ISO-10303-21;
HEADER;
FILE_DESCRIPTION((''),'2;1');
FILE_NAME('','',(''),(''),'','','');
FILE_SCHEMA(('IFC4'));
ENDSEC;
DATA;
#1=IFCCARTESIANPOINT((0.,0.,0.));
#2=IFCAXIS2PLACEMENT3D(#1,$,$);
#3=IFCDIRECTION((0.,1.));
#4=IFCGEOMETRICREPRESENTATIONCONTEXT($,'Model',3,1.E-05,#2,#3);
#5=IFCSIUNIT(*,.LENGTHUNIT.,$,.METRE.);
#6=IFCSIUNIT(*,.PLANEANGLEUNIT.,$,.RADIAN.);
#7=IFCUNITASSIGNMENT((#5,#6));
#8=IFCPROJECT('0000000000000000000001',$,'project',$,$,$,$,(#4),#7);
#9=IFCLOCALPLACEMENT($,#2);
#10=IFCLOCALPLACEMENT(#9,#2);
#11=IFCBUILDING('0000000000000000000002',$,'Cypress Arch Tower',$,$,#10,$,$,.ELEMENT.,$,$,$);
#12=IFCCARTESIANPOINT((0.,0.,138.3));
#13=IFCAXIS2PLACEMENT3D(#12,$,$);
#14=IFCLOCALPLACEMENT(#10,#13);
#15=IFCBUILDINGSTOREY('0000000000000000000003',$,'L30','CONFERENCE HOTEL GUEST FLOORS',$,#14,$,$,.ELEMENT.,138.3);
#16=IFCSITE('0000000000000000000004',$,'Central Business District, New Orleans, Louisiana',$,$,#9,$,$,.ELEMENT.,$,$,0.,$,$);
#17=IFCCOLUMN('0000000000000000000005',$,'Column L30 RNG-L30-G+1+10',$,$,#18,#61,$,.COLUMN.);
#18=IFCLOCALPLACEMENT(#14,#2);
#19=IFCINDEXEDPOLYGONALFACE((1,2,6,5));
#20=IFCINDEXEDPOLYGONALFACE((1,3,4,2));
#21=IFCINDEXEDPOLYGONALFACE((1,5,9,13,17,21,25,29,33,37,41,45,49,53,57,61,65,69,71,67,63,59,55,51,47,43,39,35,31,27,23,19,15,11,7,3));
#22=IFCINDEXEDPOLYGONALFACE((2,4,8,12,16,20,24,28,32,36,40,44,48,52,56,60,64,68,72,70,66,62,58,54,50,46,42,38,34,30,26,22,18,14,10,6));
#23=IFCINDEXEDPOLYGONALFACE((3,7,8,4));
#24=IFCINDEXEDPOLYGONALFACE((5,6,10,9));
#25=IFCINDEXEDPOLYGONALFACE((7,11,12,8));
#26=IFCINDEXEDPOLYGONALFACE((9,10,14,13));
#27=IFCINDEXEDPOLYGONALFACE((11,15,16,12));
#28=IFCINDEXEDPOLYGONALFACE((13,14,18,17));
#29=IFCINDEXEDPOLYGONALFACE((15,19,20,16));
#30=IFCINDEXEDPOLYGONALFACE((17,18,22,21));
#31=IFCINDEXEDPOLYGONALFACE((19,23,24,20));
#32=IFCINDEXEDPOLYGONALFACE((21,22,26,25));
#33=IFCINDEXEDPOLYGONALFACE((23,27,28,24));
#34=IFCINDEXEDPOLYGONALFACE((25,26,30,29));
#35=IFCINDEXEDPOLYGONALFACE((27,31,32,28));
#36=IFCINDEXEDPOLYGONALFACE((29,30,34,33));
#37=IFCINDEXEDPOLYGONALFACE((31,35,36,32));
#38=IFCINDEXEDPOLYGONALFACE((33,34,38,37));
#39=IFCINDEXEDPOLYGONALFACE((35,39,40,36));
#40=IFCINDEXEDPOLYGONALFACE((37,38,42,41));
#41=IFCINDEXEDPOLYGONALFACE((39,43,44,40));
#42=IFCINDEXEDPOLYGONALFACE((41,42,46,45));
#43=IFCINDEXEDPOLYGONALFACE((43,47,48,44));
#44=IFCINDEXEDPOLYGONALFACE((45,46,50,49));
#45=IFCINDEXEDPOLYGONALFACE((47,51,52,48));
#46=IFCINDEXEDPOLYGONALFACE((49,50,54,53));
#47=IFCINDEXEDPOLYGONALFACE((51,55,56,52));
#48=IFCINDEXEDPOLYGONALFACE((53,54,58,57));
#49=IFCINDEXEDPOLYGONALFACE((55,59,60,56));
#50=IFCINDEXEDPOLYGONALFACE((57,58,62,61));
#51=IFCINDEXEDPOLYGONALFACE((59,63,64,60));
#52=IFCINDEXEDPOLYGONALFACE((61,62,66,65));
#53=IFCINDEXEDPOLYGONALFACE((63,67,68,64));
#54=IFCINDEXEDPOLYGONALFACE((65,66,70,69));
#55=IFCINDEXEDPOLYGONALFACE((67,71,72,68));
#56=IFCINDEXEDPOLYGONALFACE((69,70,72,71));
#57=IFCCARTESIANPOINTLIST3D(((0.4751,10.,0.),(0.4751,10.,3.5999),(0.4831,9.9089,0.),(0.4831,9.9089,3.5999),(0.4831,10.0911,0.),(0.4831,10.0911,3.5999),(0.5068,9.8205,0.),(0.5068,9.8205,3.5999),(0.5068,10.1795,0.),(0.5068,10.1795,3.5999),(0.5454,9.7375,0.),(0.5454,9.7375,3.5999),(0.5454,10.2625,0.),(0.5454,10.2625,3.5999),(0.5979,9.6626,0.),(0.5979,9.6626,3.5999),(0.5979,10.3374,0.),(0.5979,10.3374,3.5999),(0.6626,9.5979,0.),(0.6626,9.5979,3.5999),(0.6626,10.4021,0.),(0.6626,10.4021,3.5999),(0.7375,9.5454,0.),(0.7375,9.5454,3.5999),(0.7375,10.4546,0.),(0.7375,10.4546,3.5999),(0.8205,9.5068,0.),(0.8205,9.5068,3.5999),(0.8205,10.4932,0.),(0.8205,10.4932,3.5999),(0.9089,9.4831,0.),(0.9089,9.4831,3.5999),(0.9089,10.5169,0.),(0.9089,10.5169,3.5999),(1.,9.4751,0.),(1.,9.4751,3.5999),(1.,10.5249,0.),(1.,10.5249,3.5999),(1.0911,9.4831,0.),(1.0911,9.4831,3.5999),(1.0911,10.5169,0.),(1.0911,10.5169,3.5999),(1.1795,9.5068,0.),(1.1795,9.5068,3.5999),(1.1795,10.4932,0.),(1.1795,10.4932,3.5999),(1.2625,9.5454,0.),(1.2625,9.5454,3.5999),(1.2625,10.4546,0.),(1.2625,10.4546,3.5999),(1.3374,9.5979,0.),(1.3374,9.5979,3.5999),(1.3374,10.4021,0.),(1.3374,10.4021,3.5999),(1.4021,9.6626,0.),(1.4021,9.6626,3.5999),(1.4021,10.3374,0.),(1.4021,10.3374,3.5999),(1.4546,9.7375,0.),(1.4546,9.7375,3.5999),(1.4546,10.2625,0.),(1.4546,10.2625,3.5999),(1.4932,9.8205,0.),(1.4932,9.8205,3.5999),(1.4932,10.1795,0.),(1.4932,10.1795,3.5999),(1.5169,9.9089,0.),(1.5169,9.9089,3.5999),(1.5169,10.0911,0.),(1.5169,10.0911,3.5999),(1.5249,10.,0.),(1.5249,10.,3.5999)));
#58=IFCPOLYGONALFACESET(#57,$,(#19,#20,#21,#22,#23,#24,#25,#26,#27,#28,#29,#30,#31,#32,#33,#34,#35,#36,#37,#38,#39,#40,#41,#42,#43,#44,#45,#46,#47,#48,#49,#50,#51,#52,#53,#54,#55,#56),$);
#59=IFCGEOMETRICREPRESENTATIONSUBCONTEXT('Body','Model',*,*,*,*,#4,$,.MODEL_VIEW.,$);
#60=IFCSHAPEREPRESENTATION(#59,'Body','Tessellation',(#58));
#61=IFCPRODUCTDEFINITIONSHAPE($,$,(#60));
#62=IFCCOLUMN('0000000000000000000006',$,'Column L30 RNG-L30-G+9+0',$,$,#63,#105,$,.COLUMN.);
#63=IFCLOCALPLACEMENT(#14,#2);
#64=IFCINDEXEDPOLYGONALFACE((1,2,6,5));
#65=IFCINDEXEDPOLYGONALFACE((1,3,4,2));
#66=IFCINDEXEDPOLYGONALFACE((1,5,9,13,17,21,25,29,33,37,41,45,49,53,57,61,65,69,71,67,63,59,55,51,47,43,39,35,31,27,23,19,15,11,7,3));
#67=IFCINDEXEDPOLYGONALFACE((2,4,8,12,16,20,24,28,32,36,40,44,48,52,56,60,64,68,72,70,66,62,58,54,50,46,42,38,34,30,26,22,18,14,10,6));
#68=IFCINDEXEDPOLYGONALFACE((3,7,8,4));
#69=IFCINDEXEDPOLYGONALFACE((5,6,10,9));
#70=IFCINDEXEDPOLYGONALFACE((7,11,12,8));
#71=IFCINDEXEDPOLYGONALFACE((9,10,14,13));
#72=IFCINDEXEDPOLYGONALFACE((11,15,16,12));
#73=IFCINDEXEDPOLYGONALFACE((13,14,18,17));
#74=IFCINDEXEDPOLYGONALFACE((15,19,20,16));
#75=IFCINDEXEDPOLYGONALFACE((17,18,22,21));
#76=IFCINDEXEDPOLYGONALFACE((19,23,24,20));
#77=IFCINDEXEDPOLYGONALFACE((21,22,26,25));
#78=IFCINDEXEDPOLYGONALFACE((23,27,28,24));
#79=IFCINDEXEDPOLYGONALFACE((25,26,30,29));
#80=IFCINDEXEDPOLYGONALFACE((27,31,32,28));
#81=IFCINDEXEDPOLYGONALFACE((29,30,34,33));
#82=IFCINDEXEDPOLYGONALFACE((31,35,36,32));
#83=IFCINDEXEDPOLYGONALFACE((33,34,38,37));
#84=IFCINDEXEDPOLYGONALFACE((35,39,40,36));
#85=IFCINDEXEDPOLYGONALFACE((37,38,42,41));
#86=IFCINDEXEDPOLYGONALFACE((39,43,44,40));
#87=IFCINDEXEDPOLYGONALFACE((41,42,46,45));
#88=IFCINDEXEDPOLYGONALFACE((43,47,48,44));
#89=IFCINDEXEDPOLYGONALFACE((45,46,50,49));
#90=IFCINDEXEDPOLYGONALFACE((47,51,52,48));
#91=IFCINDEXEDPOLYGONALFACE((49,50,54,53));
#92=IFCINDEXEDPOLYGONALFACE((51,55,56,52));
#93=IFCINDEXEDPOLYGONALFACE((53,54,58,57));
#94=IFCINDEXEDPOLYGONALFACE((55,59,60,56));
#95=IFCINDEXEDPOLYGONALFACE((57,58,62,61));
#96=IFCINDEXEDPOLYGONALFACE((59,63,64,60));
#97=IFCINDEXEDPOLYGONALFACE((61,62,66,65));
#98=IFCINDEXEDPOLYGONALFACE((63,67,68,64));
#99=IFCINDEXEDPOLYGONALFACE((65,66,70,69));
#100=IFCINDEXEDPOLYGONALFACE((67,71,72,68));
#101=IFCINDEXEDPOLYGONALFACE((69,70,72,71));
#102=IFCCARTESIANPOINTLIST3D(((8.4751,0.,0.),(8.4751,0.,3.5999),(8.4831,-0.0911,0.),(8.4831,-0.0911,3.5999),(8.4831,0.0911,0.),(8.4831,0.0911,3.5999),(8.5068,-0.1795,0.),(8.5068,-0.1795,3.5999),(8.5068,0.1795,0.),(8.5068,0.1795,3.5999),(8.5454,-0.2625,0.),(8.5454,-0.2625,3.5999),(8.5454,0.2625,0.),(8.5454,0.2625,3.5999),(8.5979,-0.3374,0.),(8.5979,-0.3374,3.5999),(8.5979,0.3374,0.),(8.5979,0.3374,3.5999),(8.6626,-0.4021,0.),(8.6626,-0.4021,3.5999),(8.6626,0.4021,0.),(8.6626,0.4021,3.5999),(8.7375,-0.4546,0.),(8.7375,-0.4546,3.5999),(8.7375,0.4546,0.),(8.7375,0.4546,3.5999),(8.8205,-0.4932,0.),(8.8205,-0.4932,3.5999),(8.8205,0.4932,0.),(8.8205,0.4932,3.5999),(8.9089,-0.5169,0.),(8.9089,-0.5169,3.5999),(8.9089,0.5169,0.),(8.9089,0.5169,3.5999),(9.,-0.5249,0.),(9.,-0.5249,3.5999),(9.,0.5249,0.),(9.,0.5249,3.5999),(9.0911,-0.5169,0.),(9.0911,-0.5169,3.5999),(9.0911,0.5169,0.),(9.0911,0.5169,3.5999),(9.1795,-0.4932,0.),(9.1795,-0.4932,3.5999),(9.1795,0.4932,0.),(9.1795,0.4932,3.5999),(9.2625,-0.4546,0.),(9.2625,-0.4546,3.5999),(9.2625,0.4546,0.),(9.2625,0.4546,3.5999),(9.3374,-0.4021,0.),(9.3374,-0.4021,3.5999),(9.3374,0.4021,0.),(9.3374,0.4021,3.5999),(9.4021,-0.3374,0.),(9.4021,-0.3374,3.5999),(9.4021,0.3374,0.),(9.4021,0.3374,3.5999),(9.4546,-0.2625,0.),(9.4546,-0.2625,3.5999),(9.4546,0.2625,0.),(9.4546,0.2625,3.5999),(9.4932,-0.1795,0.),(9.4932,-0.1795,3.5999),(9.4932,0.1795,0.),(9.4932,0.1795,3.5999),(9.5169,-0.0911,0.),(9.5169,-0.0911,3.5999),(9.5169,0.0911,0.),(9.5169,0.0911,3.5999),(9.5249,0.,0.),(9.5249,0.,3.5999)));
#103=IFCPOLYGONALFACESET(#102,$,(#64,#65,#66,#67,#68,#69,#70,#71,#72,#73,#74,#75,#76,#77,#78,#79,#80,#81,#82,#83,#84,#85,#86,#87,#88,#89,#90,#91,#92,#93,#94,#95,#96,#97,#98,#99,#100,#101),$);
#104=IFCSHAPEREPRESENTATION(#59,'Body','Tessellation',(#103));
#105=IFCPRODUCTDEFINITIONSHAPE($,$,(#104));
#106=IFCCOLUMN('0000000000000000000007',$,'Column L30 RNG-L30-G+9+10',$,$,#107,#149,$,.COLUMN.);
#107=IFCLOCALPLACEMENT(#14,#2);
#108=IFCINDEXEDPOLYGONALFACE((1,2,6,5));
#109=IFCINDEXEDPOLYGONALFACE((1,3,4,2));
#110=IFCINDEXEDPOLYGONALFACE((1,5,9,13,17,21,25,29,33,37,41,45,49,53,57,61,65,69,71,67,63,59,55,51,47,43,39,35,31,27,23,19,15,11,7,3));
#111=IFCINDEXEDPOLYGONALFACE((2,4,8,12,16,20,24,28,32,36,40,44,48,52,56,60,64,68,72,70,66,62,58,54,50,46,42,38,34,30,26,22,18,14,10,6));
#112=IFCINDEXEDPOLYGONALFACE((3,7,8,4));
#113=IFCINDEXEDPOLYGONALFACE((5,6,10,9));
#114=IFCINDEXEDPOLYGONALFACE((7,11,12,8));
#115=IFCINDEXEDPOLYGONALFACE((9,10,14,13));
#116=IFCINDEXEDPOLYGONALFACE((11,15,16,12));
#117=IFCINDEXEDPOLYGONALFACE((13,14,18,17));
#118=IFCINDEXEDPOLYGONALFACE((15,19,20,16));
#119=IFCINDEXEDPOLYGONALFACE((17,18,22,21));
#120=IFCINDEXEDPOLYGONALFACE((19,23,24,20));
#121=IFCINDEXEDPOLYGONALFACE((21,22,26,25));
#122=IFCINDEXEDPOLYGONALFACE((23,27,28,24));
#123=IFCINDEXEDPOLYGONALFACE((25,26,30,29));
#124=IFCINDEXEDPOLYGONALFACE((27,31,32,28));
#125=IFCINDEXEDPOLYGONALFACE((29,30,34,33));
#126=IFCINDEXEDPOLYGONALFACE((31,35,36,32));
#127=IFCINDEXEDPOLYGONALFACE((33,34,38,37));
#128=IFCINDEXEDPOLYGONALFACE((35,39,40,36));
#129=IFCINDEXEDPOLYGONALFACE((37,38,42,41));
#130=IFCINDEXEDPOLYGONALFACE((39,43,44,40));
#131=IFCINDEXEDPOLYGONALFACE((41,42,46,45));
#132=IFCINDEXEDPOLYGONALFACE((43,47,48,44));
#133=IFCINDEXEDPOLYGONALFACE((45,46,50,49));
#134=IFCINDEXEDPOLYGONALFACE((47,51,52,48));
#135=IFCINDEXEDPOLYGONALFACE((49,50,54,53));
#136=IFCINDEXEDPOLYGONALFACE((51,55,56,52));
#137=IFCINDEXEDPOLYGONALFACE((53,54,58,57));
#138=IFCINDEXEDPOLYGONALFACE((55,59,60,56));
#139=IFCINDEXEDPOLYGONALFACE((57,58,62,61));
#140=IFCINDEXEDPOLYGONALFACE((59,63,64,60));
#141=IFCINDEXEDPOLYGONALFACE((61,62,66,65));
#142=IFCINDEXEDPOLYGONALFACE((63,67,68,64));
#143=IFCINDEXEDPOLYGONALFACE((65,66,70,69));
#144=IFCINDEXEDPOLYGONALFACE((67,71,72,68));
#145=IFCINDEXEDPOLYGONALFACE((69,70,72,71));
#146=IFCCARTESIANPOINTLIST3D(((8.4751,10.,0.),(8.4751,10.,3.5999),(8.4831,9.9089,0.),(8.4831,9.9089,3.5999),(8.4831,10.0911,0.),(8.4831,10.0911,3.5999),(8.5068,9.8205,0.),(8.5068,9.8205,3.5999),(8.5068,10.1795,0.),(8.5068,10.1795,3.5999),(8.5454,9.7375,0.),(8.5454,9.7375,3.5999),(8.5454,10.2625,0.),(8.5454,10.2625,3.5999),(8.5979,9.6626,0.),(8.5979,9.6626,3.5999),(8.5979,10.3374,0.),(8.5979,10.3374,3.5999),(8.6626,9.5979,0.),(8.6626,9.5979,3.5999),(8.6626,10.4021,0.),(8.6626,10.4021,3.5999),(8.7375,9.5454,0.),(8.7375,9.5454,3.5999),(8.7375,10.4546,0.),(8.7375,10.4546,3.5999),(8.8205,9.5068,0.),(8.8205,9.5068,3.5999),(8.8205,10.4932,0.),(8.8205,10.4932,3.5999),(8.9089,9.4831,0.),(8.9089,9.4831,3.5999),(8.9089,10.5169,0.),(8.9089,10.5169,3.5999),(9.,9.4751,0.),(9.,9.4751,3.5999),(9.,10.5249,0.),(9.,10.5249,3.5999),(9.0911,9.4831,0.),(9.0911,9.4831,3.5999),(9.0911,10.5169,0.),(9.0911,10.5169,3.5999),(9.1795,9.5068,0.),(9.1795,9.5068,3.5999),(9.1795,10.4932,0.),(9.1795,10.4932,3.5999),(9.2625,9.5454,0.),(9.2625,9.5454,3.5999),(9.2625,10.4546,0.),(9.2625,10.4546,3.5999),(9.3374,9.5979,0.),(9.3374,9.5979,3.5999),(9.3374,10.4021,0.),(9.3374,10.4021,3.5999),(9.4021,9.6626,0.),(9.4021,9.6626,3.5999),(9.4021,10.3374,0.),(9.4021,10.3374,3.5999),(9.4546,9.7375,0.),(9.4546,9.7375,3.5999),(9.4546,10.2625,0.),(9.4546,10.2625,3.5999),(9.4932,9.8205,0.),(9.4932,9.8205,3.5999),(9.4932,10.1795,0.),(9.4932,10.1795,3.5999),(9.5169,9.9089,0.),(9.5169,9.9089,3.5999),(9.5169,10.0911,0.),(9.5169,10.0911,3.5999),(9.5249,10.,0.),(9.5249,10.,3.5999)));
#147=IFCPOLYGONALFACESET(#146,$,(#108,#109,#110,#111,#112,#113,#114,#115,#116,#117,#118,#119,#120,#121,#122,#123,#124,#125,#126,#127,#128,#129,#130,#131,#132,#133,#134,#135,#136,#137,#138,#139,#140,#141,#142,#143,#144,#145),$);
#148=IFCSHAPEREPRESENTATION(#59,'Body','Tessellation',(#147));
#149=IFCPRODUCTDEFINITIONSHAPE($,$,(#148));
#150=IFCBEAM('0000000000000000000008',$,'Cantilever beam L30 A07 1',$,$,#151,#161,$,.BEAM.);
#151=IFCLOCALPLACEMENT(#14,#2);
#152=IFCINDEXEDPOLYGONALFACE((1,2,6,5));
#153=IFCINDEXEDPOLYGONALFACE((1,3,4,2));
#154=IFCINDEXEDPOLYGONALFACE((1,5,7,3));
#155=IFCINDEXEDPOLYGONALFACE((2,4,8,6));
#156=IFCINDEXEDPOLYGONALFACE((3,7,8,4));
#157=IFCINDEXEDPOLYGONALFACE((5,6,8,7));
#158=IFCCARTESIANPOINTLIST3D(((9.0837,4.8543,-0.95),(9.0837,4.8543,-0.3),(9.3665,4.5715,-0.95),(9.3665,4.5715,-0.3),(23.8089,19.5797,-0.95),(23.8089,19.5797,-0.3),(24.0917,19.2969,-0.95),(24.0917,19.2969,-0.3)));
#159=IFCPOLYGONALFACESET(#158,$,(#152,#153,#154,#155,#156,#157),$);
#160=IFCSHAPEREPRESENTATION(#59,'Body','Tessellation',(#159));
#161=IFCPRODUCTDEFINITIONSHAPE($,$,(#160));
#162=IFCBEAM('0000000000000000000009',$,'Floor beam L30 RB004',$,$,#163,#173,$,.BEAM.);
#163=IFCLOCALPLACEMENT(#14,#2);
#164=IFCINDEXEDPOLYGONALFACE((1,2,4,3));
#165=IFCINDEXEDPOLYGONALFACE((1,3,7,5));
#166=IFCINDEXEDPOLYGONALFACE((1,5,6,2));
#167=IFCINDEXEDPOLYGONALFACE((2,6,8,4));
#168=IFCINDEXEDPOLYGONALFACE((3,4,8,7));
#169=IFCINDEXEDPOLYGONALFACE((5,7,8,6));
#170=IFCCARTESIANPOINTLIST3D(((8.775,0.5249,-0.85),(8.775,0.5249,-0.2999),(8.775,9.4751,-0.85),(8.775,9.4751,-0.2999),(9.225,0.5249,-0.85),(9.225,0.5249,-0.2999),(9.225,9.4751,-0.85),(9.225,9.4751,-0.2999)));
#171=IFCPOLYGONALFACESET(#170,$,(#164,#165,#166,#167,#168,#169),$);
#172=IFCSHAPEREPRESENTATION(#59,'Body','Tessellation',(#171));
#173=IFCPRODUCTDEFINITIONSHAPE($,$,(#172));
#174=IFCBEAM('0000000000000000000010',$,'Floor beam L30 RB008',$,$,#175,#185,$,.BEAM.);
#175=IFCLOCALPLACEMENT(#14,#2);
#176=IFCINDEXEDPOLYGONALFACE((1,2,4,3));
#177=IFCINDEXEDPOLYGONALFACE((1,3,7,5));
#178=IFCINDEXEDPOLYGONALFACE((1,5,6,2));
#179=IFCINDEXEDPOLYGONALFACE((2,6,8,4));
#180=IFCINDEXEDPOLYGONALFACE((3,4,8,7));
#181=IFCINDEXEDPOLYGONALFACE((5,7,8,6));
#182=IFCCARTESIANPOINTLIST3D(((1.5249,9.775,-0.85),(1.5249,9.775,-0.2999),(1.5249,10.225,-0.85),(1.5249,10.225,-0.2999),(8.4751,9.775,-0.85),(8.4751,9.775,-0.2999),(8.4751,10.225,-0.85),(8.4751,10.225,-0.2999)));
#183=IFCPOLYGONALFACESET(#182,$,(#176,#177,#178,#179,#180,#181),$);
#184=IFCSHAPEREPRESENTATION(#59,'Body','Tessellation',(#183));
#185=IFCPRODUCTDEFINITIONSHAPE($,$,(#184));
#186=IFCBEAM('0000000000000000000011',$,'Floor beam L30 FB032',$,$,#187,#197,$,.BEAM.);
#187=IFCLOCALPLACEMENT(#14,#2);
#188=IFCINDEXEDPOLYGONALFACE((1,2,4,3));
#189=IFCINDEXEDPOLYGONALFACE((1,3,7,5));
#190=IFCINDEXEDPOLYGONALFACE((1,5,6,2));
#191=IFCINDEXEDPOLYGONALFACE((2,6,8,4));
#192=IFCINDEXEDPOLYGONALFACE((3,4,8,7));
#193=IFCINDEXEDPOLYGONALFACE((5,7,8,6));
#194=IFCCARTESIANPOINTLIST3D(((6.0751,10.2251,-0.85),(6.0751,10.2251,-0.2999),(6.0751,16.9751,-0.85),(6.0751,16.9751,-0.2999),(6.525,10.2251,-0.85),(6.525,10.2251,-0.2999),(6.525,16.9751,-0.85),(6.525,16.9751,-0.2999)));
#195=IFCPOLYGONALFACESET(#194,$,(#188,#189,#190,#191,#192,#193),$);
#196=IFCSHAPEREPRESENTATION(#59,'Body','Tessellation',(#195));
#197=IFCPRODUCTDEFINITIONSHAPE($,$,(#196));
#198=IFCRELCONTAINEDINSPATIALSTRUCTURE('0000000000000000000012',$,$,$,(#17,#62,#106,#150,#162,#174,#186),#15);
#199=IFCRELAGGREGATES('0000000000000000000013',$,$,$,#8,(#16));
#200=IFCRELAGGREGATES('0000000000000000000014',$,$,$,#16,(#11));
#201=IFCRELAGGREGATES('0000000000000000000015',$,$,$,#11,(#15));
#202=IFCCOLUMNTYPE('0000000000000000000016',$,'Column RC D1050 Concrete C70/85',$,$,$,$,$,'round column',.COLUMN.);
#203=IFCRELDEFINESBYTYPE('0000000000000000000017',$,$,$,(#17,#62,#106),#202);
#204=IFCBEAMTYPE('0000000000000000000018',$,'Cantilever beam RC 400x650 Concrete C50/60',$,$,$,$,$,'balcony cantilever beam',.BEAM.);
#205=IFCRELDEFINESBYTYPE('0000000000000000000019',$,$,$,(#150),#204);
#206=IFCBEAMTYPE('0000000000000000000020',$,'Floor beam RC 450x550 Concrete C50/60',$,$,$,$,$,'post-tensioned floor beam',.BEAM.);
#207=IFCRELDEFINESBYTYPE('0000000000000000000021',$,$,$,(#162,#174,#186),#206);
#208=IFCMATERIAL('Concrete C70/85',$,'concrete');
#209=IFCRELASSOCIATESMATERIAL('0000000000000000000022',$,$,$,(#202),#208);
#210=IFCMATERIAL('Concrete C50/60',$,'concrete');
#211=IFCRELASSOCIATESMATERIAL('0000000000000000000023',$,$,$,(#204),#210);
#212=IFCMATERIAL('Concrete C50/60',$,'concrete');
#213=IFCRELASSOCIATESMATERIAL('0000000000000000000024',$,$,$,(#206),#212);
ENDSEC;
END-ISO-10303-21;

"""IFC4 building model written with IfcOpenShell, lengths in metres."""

from ifc_helpers import new_model, si_unit, direction, frame, origin, origin_2d, place, context, subcontext, project, spatial, rectangle, circle, extrude, material, material_profile, profile_set, type_object, element, save


model = new_model("IFC4")

# Units and contexts
model_context = context("Model", 3, precision=1e-05, world=origin(), true_north=direction((0.0, 1.0)))
body_context = subcontext(model_context, "Body", "Model", "MODEL_VIEW")
ifc_project = project(units=[si_unit("LENGTHUNIT", "METRE"), si_unit("PLANEANGLEUNIT", "RADIAN")], contexts=[model_context])

# Site, building, storey
site_placement = place(None, origin())
site = spatial("IfcSite", under=ifc_project, at=site_placement, Name="Central Business District, New Orleans, Louisiana", CompositionType="ELEMENT", RefElevation=0.0)
building_placement = place(site_placement, origin())
building = spatial("IfcBuilding", under=site, at=building_placement, Name="Cypress Arch Tower", CompositionType="ELEMENT")
storey_placement = place(building_placement, frame((0.0, 0.0, 138.3)))
storey = spatial("IfcBuildingStorey", under=building, at=storey_placement, Name="L30", Description="CONFERENCE HOTEL GUEST FLOORS", CompositionType="ELEMENT", Elevation=138.3)

# Columns
ifc_material_1 = material(Name="Concrete C70/85", Category="concrete")
ifc_material_profile_1 = material_profile(ifc_material_1, circle(Radius=0.5249, at=origin_2d()), Name="RC D1050")
ifc_profile_set_1 = profile_set([ifc_material_profile_1], Name="Concrete C70/85")
column_type = type_object("IfcColumnType", Name="Column RC D1050 Concrete C70/85", ElementType="round column", PredefinedType="COLUMN", material=ifc_profile_set_1)
for number, where, z_axis, x_axis, name in (
    (1, (1.0, 10.0, 0.0), (0.0, 0.0, 1.0), (1.0, 0.0, 0.0), "Column L30 RNG-L30-G+1+10"),
    (2, (9.0, 0.0, 0.0), (0.0, 0.0, 1.0), (1.0, 0.0, 0.0), "Column L30 RNG-L30-G+9+0"),
    (3, (9.0, 10.0, 0.0), (0.0, 0.0, 1.0), (1.0, 0.0, 0.0), "Column L30 RNG-L30-G+9+10"),
):
    element("IfcColumn", number, at=place(storey_placement, frame(where, z_axis=z_axis, x_axis=x_axis)), inside=storey, type_object=column_type, Name=name, PredefinedType="COLUMN", context=body_context, shape_type="SweptSolid", body=[
        extrude(circle(Radius=0.5249, at=origin_2d()), origin(), (0.0, 0.0, 1.0), 3.5999),
    ])

# Beams
ifc_material_2 = material(Name="Concrete C50/60", Category="concrete")
ifc_material_profile_2 = material_profile(ifc_material_2, rectangle(XDim=0.3999, YDim=0.6499, at=origin_2d()), Name="RC 400x650")
ifc_profile_set_2 = profile_set([ifc_material_profile_2], Name="Concrete C50/60")
beam_type_1 = type_object("IfcBeamType", Name="Cantilever beam RC 400x650 Concrete C50/60", ElementType="balcony cantilever beam", PredefinedType="BEAM", material=ifc_profile_set_2)
beam_1_placement = place(storey_placement, frame((9.2251, 4.7129, -0.625), z_axis=(0.707101, 0.707113, 0.0), x_axis=(-0.707113, 0.707101, 0.0)))
element("IfcBeam", 4, at=beam_1_placement, inside=storey, type_object=beam_type_1, Name="Cantilever beam L30 A07 1", PredefinedType="BEAM", context=body_context, shape_type="SweptSolid", body=[
    extrude(rectangle(XDim=0.3999, YDim=0.6499, at=origin_2d()), origin(), (0.0, 0.0, 1.0), 20.8247),
])
ifc_material_3 = material(Name="Concrete C50/60", Category="concrete")
ifc_material_profile_3 = material_profile(ifc_material_3, rectangle(XDim=0.45, YDim=0.55, at=origin_2d()), Name="RC 450x550")
ifc_profile_set_3 = profile_set([ifc_material_profile_3], Name="Concrete C50/60")
beam_type_2 = type_object("IfcBeamType", Name="Floor beam RC 450x550 Concrete C50/60", ElementType="post-tensioned floor beam", PredefinedType="BEAM", material=ifc_profile_set_3)
beam_2_placement = place(storey_placement, frame((9.0, 0.5249, -0.575), z_axis=(0.0, 1.0, 0.0), x_axis=(-1.0, 0.0, 0.0)))
element("IfcBeam", 5, at=beam_2_placement, inside=storey, type_object=beam_type_2, Name="Floor beam L30 RB004", PredefinedType="BEAM", context=body_context, shape_type="SweptSolid", body=[
    extrude(rectangle(XDim=0.45, YDim=0.55, at=origin_2d()), origin(), (0.0, 0.0, 1.0), 8.9502),
])
beam_3_placement = place(storey_placement, frame((1.5249, 10.0, -0.575), z_axis=(1.0, 0.0, 0.0), x_axis=(0.0, 1.0, 0.0)))
element("IfcBeam", 6, at=beam_3_placement, inside=storey, type_object=beam_type_2, Name="Floor beam L30 RB008", PredefinedType="BEAM", context=body_context, shape_type="SweptSolid", body=[
    extrude(rectangle(XDim=0.45, YDim=0.55, at=origin_2d()), origin(), (0.0, 0.0, 1.0), 6.9502),
])
beam_4_placement = place(storey_placement, frame((6.3, 10.2251, -0.575), z_axis=(0.0, 1.0, 0.0), x_axis=(-1.0, 0.0, 0.0)))
element("IfcBeam", 7, at=beam_4_placement, inside=storey, type_object=beam_type_2, Name="Floor beam L30 FB032", PredefinedType="BEAM", context=body_context, shape_type="SweptSolid", body=[
    extrude(rectangle(XDim=0.45, YDim=0.55, at=origin_2d()), origin(), (0.0, 0.0, 1.0), 6.75),
])

save(model, "model.ifc")
